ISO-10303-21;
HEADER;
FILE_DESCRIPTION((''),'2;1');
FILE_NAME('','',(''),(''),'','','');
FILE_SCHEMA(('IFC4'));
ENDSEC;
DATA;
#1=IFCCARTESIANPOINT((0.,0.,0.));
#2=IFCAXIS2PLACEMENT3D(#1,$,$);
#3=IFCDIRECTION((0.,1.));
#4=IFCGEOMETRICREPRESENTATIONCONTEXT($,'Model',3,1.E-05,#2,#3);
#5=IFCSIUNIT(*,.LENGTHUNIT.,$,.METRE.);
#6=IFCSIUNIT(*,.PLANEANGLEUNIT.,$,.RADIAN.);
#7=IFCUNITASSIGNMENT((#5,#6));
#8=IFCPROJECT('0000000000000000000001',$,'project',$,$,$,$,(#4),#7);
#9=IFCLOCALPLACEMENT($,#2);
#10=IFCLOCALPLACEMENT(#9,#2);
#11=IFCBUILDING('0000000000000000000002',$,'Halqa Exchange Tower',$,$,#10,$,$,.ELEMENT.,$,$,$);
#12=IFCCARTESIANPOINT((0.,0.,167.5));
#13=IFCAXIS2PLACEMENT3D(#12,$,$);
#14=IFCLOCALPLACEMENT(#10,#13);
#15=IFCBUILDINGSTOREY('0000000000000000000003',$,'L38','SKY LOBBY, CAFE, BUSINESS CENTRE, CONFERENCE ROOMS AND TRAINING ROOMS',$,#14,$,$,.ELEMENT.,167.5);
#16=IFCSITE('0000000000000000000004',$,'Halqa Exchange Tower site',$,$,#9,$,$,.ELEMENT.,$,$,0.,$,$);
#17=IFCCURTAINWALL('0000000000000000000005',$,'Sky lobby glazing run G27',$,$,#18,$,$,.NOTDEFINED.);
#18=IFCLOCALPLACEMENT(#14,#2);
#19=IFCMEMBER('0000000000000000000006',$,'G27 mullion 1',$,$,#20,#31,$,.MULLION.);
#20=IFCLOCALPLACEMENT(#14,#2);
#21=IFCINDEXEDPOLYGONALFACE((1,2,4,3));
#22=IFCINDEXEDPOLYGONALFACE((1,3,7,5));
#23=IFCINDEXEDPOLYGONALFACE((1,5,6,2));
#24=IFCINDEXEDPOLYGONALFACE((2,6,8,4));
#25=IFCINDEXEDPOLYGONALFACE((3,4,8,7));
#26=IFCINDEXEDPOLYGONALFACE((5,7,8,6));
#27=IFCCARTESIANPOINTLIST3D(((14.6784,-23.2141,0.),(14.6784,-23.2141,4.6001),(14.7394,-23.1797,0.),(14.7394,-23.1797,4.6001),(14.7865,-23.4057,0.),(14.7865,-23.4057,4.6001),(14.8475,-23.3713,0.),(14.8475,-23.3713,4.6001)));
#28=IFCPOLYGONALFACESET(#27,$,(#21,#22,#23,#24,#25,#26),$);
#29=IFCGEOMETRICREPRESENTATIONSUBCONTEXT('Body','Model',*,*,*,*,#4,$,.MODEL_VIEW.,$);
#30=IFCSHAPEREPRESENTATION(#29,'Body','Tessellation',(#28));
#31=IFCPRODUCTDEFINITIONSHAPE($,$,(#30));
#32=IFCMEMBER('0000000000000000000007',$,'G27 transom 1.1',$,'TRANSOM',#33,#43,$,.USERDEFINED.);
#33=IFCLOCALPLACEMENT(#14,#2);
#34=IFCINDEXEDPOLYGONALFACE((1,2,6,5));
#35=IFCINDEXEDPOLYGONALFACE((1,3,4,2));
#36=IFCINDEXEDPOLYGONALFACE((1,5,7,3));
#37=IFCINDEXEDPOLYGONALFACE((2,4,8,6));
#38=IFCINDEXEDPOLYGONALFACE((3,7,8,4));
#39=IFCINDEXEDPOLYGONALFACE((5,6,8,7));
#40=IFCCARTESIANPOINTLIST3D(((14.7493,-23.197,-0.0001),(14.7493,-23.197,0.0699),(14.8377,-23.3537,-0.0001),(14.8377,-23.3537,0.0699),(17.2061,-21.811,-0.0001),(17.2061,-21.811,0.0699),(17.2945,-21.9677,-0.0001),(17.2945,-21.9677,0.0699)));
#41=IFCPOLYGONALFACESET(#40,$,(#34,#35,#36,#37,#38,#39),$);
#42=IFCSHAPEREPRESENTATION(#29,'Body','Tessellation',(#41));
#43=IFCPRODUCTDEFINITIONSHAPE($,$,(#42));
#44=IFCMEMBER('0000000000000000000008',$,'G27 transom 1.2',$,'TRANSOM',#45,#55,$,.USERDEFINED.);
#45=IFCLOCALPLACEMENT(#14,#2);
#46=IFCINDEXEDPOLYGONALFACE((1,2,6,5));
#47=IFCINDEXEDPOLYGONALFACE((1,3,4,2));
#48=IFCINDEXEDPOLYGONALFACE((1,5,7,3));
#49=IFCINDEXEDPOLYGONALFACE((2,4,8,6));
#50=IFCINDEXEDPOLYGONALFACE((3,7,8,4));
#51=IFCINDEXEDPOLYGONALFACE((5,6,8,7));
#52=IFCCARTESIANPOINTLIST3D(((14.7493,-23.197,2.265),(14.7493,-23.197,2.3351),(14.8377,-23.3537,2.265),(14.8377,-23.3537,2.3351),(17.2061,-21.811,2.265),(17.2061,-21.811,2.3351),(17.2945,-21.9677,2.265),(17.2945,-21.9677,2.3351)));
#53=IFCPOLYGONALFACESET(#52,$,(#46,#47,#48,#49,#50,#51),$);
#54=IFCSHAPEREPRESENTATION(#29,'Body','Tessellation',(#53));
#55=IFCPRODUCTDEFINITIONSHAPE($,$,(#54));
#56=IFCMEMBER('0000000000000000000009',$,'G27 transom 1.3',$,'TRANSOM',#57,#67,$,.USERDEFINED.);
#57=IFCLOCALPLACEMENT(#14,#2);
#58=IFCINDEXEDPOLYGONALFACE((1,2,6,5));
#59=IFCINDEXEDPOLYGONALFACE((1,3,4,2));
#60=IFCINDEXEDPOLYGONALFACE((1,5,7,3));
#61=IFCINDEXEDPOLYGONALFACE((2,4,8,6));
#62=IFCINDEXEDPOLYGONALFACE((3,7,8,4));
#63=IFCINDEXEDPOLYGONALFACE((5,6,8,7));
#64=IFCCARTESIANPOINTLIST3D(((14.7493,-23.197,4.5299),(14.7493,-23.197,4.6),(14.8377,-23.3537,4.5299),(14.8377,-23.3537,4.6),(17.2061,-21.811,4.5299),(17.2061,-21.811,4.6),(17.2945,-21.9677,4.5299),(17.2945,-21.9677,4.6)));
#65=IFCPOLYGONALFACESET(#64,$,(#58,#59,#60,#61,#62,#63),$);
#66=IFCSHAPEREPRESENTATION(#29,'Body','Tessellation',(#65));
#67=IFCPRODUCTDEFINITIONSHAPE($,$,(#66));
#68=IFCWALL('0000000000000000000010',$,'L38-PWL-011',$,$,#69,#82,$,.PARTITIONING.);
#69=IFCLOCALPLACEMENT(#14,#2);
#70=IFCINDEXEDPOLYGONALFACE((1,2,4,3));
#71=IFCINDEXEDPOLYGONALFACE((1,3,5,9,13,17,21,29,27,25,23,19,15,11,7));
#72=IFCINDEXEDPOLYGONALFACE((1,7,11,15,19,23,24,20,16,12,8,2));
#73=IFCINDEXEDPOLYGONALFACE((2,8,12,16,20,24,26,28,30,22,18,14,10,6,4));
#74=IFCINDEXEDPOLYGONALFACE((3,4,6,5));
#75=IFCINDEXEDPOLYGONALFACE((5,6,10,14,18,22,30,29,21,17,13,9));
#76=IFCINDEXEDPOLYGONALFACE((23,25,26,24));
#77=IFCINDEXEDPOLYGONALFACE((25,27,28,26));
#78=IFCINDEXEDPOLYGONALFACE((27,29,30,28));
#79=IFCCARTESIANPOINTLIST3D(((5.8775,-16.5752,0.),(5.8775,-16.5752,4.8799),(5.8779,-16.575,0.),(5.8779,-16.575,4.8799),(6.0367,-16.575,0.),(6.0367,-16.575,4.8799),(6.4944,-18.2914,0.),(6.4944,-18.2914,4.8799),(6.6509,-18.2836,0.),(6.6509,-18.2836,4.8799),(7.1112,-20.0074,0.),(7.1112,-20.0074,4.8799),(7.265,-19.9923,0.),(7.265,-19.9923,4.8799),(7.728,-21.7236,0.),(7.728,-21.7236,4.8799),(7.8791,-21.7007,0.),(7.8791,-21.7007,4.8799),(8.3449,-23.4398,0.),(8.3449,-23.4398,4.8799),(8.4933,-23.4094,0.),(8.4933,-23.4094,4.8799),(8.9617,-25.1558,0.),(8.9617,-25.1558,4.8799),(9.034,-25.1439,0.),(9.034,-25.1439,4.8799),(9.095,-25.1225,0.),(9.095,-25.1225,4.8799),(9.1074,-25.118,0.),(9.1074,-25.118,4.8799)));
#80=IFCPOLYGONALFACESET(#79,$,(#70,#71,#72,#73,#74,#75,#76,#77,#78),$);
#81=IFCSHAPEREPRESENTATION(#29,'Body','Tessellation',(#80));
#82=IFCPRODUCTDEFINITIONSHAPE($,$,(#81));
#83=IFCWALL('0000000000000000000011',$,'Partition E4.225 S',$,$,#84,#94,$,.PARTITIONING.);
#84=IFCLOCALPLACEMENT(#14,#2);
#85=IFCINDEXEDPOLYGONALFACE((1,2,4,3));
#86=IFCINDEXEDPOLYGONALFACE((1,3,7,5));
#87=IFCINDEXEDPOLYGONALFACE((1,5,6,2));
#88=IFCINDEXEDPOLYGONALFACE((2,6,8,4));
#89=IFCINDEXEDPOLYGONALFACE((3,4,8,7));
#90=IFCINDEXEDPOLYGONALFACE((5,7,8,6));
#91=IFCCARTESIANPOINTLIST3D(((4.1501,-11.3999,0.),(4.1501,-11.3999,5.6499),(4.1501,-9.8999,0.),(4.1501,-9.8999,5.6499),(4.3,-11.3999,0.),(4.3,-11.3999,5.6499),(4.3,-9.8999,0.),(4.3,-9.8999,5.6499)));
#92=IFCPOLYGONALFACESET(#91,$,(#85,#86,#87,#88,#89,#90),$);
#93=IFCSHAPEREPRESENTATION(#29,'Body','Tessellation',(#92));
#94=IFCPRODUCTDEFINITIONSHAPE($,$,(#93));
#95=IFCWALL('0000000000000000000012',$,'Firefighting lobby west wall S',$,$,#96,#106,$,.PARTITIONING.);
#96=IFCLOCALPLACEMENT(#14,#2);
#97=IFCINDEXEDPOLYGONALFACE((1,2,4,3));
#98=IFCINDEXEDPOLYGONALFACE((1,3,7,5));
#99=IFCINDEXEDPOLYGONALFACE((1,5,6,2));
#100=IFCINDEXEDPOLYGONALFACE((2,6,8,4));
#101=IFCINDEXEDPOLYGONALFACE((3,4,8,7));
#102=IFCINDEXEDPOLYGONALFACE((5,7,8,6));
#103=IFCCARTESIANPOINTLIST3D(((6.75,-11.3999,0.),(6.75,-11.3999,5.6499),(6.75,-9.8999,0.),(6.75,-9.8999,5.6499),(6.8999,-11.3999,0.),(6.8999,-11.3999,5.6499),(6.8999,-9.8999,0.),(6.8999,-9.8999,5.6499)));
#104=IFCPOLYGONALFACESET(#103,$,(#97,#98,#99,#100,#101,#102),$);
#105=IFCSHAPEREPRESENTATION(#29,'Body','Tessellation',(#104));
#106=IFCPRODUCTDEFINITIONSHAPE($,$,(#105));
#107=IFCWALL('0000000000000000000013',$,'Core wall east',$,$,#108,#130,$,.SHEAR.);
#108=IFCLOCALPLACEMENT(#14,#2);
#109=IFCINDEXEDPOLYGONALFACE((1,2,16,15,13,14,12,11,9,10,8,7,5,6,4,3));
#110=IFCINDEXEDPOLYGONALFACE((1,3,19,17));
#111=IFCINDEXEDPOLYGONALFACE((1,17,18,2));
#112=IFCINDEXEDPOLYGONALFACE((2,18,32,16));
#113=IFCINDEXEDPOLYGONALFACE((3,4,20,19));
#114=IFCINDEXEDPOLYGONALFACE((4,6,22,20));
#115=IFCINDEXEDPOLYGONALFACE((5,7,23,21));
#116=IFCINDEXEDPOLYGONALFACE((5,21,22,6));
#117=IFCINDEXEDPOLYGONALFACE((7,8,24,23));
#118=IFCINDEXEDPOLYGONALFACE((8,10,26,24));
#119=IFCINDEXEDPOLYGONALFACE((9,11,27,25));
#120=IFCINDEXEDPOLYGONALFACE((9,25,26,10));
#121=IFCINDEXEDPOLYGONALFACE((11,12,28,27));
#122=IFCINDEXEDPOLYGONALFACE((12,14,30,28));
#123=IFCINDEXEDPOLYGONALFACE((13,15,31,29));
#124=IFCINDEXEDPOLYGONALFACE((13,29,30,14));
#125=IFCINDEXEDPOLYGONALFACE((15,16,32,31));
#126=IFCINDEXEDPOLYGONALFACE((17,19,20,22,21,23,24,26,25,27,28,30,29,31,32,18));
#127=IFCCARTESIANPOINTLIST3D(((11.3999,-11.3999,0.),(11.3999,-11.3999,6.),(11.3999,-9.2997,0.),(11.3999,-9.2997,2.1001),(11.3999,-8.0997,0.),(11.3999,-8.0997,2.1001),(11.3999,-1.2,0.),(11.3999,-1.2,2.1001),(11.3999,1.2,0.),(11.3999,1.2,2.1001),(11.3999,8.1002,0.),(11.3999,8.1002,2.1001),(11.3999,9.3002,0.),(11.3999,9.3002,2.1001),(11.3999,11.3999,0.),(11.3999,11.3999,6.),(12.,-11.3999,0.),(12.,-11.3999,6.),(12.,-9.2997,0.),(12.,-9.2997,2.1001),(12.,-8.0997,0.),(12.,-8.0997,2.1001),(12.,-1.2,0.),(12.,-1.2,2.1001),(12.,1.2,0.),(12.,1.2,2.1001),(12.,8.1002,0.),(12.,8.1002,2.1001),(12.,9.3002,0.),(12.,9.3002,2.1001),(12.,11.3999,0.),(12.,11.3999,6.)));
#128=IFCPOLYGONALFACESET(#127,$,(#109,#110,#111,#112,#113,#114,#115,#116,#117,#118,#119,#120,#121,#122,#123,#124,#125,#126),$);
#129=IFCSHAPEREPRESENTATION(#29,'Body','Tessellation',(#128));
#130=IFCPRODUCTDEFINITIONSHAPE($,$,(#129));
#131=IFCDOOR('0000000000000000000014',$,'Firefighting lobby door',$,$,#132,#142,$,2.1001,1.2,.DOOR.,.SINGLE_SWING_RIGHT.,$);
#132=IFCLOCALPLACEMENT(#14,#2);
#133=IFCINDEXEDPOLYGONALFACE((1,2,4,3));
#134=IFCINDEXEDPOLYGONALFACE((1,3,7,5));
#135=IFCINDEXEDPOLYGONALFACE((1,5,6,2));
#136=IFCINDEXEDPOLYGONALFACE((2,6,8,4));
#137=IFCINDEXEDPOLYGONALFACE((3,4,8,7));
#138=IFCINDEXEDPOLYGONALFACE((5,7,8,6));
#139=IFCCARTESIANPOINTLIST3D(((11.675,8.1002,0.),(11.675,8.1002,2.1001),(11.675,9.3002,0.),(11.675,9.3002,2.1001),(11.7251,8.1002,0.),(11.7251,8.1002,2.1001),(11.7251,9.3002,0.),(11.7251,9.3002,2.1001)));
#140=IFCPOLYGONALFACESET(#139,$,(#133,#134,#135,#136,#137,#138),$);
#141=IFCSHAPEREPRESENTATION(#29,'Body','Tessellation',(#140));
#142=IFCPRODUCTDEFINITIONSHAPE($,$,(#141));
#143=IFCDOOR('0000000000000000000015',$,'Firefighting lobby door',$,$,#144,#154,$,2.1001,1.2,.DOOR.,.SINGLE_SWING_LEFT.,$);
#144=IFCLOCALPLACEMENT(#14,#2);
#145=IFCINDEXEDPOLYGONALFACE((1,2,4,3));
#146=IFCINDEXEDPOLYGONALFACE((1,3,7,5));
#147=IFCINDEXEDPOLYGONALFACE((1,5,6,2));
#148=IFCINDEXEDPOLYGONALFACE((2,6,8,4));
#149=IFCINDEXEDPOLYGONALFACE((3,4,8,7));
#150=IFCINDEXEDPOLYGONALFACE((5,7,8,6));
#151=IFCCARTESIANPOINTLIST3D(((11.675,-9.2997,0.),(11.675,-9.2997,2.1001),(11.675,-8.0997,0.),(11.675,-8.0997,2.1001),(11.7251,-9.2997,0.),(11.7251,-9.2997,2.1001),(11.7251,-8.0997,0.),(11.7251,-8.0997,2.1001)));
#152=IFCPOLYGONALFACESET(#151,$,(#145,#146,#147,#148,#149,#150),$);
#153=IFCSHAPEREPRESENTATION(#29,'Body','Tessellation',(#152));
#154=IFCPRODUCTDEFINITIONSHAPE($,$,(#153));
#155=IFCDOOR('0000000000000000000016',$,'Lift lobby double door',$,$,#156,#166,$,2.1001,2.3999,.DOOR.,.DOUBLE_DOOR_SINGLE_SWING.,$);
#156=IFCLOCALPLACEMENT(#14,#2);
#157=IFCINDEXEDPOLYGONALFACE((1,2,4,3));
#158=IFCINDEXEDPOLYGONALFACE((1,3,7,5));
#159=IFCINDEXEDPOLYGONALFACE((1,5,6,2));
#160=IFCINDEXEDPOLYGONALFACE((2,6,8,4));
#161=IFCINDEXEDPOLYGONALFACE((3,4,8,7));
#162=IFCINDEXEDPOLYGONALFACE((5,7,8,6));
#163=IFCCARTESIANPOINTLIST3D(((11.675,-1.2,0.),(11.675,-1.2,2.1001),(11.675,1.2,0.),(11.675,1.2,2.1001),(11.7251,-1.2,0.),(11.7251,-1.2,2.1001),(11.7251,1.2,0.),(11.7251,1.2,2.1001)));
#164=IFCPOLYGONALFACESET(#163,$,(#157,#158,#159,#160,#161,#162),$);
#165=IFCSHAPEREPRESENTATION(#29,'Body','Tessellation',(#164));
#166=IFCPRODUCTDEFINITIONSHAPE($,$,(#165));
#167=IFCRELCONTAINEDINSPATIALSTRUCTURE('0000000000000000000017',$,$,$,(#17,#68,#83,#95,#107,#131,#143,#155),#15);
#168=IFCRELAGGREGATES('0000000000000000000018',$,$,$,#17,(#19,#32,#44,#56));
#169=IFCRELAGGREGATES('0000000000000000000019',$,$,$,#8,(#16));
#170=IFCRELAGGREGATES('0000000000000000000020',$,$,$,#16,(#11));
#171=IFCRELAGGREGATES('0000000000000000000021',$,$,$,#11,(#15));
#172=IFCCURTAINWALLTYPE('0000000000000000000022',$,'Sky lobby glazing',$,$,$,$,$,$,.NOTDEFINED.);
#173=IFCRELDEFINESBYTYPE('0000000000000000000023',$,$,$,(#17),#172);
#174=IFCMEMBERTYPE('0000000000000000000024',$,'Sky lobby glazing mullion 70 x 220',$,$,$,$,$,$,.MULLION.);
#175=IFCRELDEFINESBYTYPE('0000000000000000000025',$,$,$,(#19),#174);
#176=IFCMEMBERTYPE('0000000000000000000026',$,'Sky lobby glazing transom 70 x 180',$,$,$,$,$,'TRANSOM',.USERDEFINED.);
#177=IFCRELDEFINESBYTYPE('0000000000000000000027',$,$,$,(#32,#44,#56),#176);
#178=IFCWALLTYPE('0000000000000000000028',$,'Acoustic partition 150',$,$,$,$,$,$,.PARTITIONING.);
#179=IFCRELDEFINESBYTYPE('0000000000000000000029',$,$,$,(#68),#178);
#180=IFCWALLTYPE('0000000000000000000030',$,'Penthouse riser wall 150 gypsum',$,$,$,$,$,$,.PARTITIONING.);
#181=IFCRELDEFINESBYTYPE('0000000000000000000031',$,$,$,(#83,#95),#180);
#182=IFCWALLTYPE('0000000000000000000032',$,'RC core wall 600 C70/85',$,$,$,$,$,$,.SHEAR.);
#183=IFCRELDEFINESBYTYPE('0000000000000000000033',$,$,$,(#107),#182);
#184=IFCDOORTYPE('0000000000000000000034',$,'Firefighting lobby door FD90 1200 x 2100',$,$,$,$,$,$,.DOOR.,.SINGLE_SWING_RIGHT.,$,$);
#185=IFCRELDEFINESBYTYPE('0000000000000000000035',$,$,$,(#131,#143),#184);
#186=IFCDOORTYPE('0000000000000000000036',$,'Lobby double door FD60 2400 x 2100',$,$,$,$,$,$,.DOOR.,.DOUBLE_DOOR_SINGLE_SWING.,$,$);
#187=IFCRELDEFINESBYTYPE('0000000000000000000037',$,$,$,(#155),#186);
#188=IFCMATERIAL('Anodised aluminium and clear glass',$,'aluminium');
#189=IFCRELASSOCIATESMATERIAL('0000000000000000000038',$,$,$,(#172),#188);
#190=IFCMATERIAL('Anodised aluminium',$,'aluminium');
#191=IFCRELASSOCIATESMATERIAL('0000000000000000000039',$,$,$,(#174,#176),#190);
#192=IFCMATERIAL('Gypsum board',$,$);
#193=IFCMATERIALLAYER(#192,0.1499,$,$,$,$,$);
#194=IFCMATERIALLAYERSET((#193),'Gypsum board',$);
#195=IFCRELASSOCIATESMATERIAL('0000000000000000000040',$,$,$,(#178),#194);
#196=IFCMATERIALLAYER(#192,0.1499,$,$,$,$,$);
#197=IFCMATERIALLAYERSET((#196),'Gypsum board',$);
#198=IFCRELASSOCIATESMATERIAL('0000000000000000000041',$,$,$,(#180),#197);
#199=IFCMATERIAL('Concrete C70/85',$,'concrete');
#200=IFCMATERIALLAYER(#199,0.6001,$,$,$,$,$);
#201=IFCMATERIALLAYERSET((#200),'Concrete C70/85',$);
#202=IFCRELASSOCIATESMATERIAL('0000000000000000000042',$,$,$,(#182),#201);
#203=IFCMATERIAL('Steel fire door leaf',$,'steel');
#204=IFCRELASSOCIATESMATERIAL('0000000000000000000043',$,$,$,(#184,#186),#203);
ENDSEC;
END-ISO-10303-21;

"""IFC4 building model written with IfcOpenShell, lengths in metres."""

from ifc_helpers import new_model, si_unit, direction, frame, frame_2d, origin, origin_2d, place, context, subcontext, project, spatial, polyline, rectangle, outline, extrude, material, layer, layer_set, material_profile, profile_set, type_object, element, fill, aggregate, save


model = new_model("IFC4")

# Units and contexts
model_context = context("Model", 3, precision=1e-05, world=origin(), true_north=direction((0.0, 1.0)))
body_context = subcontext(model_context, "Body", "Model", "MODEL_VIEW")
ifc_project = project(units=[si_unit("LENGTHUNIT", "METRE"), si_unit("PLANEANGLEUNIT", "RADIAN")], contexts=[model_context])

# Site, building, storey
site_placement = place(None, origin())
site = spatial("IfcSite", under=ifc_project, at=site_placement, Name="Halqa Exchange Tower site", CompositionType="ELEMENT", RefElevation=0.0)
building_placement = place(site_placement, origin())
building = spatial("IfcBuilding", under=site, at=building_placement, Name="Halqa Exchange Tower", CompositionType="ELEMENT")
storey_placement = place(building_placement, frame((0.0, 0.0, 167.5)))
storey = spatial("IfcBuildingStorey", under=building, at=storey_placement, Name="L38", Description="SKY LOBBY, CAFE, BUSINESS CENTRE, CONFERENCE ROOMS AND TRAINING ROOMS", CompositionType="ELEMENT", Elevation=167.5)

# Curtain wall, members
ifc_material_1 = material(Name="Anodised aluminium and clear glass", Category="aluminium")
curtain_wall_type = type_object("IfcCurtainWallType", Name="Sky lobby glazing", PredefinedType="NOTDEFINED", material=ifc_material_1)
curtain_wall_placement = place(storey_placement, origin())
curtain_wall = element("IfcCurtainWall", 1, at=curtain_wall_placement, inside=storey, type_object=curtain_wall_type, Name="Sky lobby glazing run G27", PredefinedType="NOTDEFINED")
ifc_material_2 = material(Name="Anodised aluminium", Category="aluminium")
ifc_material_profile_1 = material_profile(ifc_material_2, rectangle(XDim=0.22, YDim=0.0701, at=origin_2d()), Name="AL 70x220")
ifc_profile_set_1 = profile_set([ifc_material_profile_1], Name="Anodised aluminium")
member_type_1 = type_object("IfcMemberType", Name="Sky lobby glazing mullion 70 x 220", PredefinedType="MULLION", material=ifc_profile_set_1)
member_1_placement = place(storey_placement, frame((14.7629, -23.2927, 0.0), z_axis=(0.0, 0.0, 1.0), x_axis=(-0.491354, 0.87096, 0.0)))
member_1 = element("IfcMember", 2, at=member_1_placement, type_object=member_type_1, Name="G27 mullion 1", PredefinedType="MULLION", context=body_context, shape_type="SweptSolid", body=[
    extrude(rectangle(XDim=0.22, YDim=0.0701, at=origin_2d()), origin(), (0.0, 0.0, 1.0), 4.6001),
])
ifc_material_profile_2 = material_profile(ifc_material_2, rectangle(XDim=0.1799, YDim=0.0701, at=origin_2d()), Name="AL 70x180")
ifc_profile_set_2 = profile_set([ifc_material_profile_2], Name="Anodised aluminium")
member_type_2 = type_object("IfcMemberType", Name="Sky lobby glazing transom 70 x 180", ElementType="TRANSOM", PredefinedType="USERDEFINED", material=ifc_profile_set_2)
member_2_placement = place(storey_placement, frame((14.7935, -23.2754, 0.0349), z_axis=(0.870962, 0.49135, 0.0), x_axis=(-0.49135, 0.870962, 0.0)))
member_2 = element("IfcMember", 3, at=member_2_placement, type_object=member_type_2, Name="G27 transom 1.1", ObjectType="TRANSOM", PredefinedType="USERDEFINED", context=body_context, shape_type="SweptSolid", body=[
    extrude(rectangle(XDim=0.1799, YDim=0.0701, at=origin_2d()), origin(), (0.0, 0.0, 1.0), 2.8208),
])
member_3_placement = place(storey_placement, frame((14.7935, -23.2754, 2.3), z_axis=(0.870962, 0.49135, 0.0), x_axis=(-0.49135, 0.870962, 0.0)))
member_3 = element("IfcMember", 4, at=member_3_placement, type_object=member_type_2, Name="G27 transom 1.2", ObjectType="TRANSOM", PredefinedType="USERDEFINED", context=body_context, shape_type="SweptSolid", body=[
    extrude(rectangle(XDim=0.1799, YDim=0.0701, at=origin_2d()), origin(), (0.0, 0.0, 1.0), 2.8208),
])
member_4_placement = place(storey_placement, frame((14.7935, -23.2754, 4.5649), z_axis=(0.870962, 0.49135, 0.0), x_axis=(-0.49135, 0.870962, 0.0)))
member_4 = element("IfcMember", 5, at=member_4_placement, type_object=member_type_2, Name="G27 transom 1.3", ObjectType="TRANSOM", PredefinedType="USERDEFINED", context=body_context, shape_type="SweptSolid", body=[
    extrude(rectangle(XDim=0.1799, YDim=0.0701, at=origin_2d()), origin(), (0.0, 0.0, 1.0), 2.8208),
])
aggregate(curtain_wall, [member_1, member_2, member_3, member_4])

# Walls
ifc_material_3 = material(Name="Gypsum board")
ifc_layer_1 = layer(ifc_material_3, 0.1499)
ifc_layer_set_1 = layer_set([ifc_layer_1], Name="Gypsum board")
wall_type_1 = type_object("IfcWallType", Name="Acoustic partition 150", PredefinedType="PARTITIONING", material=ifc_layer_set_1)
wall_1_placement = place(storey_placement, frame((5.948, -16.5498, 0.0), z_axis=(0.0, 0.0, 1.0), x_axis=(0.338255, -0.941055, 0.0)))
element("IfcWall", 6, at=wall_1_placement, inside=storey, type_object=wall_type_1, Name="L38-PWL-011", PredefinedType="PARTITIONING", context=body_context, shape_type="SweptSolid", body=[
    extrude(outline(polyline([(0.0, -0.075), (1.8237, -0.075), (3.6472, -0.075), (5.4709, -0.075), (7.2947, -0.075), (9.1182, -0.075), (9.1313, -0.0029), (9.1318, 0.0618), (9.1318, 0.075), (7.3162, 0.075), (5.5005, 0.075), (3.6851, 0.075), (1.8694, 0.075), (0.0537, 0.075), (0.0, -0.0745), (0.0, -0.075)])), origin(), (0.0, 0.0, 1.0), 4.8799),
])
ifc_layer_2 = layer(ifc_material_3, 0.1499)
ifc_layer_set_2 = layer_set([ifc_layer_2], Name="Gypsum board")
wall_type_2 = type_object("IfcWallType", Name="Penthouse riser wall 150 gypsum", PredefinedType="PARTITIONING", material=ifc_layer_set_2)
for number, where, z_axis, x_axis, name in (
    (7, (4.2251, -11.3999, 0.0), (0.0, 0.0, 1.0), (0.0, 1.0, 0.0), "Partition E4.225 S"),
    (8, (6.825, -11.3999, 0.0), (0.0, 0.0, 1.0), (0.0, 1.0, 0.0), "Firefighting lobby west wall S"),
):
    element("IfcWall", number, at=place(storey_placement, frame(where, z_axis=z_axis, x_axis=x_axis)), inside=storey, type_object=wall_type_2, Name=name, PredefinedType="PARTITIONING", context=body_context, shape_type="SweptSolid", body=[
        extrude(rectangle(XDim=1.5, YDim=0.1499, at=frame_2d((0.75, 0.0))), origin(), (0.0, 0.0, 1.0), 5.6499),
    ])

# Wall, openings, doors
ifc_material_4 = material(Name="Concrete C70/85", Category="concrete")
ifc_layer_3 = layer(ifc_material_4, 0.6001)
ifc_layer_set_3 = layer_set([ifc_layer_3], Name="Concrete C70/85")
wall_type_3 = type_object("IfcWallType", Name="RC core wall 600 C70/85", PredefinedType="SHEAR", material=ifc_layer_set_3)
wall_2_placement = place(storey_placement, frame((11.7, -11.3999, 0.0), z_axis=(0.0, 0.0, 1.0), x_axis=(0.0, 1.0, 0.0)))
wall_2 = element("IfcWall", 9, at=wall_2_placement, inside=storey, type_object=wall_type_3, Name="Core wall east", PredefinedType="SHEAR", context=body_context, shape_type="SweptSolid", body=[
    extrude(rectangle(XDim=22.7998, YDim=0.6001, at=frame_2d((11.3999, 0.0))), origin(), (0.0, 0.0, 1.0), 6.0),
])
opening_1_placement = place(wall_2_placement, frame((10.2, 0.0, 0.0)))
opening_1 = element("IfcOpeningElement", 10, at=opening_1_placement, cuts=wall_2, PredefinedType="OPENING", context=body_context, shape_type="SweptSolid", body=[
    extrude(rectangle(XDim=2.3999, YDim=2.1001, at=frame_2d((1.2, 1.05))), frame((0.0, 0.312, 0.0), z_axis=(0.0, -1.0, 0.0), x_axis=(1.0, 0.0, 0.0)), (0.0, 0.0, 1.0), 0.624),
])
opening_2_placement = place(wall_2_placement, frame((19.5, 0.0, 0.0)))
opening_2 = element("IfcOpeningElement", 11, at=opening_2_placement, cuts=wall_2, PredefinedType="OPENING", context=body_context, shape_type="SweptSolid", body=[
    extrude(rectangle(XDim=1.2, YDim=2.1001, at=frame_2d((0.6001, 1.05))), frame((0.0, 0.312, 0.0), z_axis=(0.0, -1.0, 0.0), x_axis=(1.0, 0.0, 0.0)), (0.0, 0.0, 1.0), 0.624),
])
opening_3_placement = place(wall_2_placement, frame((2.1001, 0.0, 0.0)))
opening_3 = element("IfcOpeningElement", 12, at=opening_3_placement, cuts=wall_2, PredefinedType="OPENING", context=body_context, shape_type="SweptSolid", body=[
    extrude(rectangle(XDim=1.2, YDim=2.1001, at=frame_2d((0.6001, 1.05))), frame((0.0, 0.312, 0.0), z_axis=(0.0, -1.0, 0.0), x_axis=(1.0, 0.0, 0.0)), (0.0, 0.0, 1.0), 0.624),
])
ifc_material_5 = material(Name="Steel fire door leaf", Category="steel")
door_type_1 = type_object("IfcDoorType", Name="Firefighting lobby door FD90 1200 x 2100", OperationType="SINGLE_SWING_RIGHT", PredefinedType="DOOR", material=ifc_material_5)
door_1_placement = place(opening_2_placement, origin())
door_1 = element("IfcDoor", 13, at=door_1_placement, inside=storey, type_object=door_type_1, Name="Firefighting lobby door", OperationType="SINGLE_SWING_RIGHT", OverallHeight=2.1001, OverallWidth=1.2, PredefinedType="DOOR", context=body_context, shape_type="SweptSolid", body=[
    extrude(rectangle(XDim=1.2, YDim=2.1001, at=frame_2d((0.6001, 1.05))), frame((0.0, 0.0249, 0.0), z_axis=(0.0, -1.0, 0.0), x_axis=(1.0, 0.0, 0.0)), (0.0, 0.0, 1.0), 0.05),
])
fill(opening_2, door_1)
door_2_placement = place(opening_3_placement, origin())
door_2 = element("IfcDoor", 14, at=door_2_placement, inside=storey, type_object=door_type_1, Name="Firefighting lobby door", OperationType="SINGLE_SWING_LEFT", OverallHeight=2.1001, OverallWidth=1.2, PredefinedType="DOOR", context=body_context, shape_type="SweptSolid", body=[
    extrude(rectangle(XDim=1.2, YDim=2.1001, at=frame_2d((0.6001, 1.05))), frame((0.0, 0.0249, 0.0), z_axis=(0.0, -1.0, 0.0), x_axis=(1.0, 0.0, 0.0)), (0.0, 0.0, 1.0), 0.05),
])
fill(opening_3, door_2)
door_type_2 = type_object("IfcDoorType", Name="Lobby double door FD60 2400 x 2100", OperationType="DOUBLE_DOOR_SINGLE_SWING", PredefinedType="DOOR", material=ifc_material_5)
door_3_placement = place(opening_1_placement, origin())
door_3 = element("IfcDoor", 15, at=door_3_placement, inside=storey, type_object=door_type_2, Name="Lift lobby double door", OperationType="DOUBLE_DOOR_SINGLE_SWING", OverallHeight=2.1001, OverallWidth=2.3999, PredefinedType="DOOR", context=body_context, shape_type="SweptSolid", body=[
    extrude(rectangle(XDim=2.3999, YDim=2.1001, at=frame_2d((1.2, 1.05))), frame((0.0, 0.0249, 0.0), z_axis=(0.0, -1.0, 0.0), x_axis=(1.0, 0.0, 0.0)), (0.0, 0.0, 1.0), 0.05),
])
fill(opening_1, door_3)

save(model, "model.ifc")
